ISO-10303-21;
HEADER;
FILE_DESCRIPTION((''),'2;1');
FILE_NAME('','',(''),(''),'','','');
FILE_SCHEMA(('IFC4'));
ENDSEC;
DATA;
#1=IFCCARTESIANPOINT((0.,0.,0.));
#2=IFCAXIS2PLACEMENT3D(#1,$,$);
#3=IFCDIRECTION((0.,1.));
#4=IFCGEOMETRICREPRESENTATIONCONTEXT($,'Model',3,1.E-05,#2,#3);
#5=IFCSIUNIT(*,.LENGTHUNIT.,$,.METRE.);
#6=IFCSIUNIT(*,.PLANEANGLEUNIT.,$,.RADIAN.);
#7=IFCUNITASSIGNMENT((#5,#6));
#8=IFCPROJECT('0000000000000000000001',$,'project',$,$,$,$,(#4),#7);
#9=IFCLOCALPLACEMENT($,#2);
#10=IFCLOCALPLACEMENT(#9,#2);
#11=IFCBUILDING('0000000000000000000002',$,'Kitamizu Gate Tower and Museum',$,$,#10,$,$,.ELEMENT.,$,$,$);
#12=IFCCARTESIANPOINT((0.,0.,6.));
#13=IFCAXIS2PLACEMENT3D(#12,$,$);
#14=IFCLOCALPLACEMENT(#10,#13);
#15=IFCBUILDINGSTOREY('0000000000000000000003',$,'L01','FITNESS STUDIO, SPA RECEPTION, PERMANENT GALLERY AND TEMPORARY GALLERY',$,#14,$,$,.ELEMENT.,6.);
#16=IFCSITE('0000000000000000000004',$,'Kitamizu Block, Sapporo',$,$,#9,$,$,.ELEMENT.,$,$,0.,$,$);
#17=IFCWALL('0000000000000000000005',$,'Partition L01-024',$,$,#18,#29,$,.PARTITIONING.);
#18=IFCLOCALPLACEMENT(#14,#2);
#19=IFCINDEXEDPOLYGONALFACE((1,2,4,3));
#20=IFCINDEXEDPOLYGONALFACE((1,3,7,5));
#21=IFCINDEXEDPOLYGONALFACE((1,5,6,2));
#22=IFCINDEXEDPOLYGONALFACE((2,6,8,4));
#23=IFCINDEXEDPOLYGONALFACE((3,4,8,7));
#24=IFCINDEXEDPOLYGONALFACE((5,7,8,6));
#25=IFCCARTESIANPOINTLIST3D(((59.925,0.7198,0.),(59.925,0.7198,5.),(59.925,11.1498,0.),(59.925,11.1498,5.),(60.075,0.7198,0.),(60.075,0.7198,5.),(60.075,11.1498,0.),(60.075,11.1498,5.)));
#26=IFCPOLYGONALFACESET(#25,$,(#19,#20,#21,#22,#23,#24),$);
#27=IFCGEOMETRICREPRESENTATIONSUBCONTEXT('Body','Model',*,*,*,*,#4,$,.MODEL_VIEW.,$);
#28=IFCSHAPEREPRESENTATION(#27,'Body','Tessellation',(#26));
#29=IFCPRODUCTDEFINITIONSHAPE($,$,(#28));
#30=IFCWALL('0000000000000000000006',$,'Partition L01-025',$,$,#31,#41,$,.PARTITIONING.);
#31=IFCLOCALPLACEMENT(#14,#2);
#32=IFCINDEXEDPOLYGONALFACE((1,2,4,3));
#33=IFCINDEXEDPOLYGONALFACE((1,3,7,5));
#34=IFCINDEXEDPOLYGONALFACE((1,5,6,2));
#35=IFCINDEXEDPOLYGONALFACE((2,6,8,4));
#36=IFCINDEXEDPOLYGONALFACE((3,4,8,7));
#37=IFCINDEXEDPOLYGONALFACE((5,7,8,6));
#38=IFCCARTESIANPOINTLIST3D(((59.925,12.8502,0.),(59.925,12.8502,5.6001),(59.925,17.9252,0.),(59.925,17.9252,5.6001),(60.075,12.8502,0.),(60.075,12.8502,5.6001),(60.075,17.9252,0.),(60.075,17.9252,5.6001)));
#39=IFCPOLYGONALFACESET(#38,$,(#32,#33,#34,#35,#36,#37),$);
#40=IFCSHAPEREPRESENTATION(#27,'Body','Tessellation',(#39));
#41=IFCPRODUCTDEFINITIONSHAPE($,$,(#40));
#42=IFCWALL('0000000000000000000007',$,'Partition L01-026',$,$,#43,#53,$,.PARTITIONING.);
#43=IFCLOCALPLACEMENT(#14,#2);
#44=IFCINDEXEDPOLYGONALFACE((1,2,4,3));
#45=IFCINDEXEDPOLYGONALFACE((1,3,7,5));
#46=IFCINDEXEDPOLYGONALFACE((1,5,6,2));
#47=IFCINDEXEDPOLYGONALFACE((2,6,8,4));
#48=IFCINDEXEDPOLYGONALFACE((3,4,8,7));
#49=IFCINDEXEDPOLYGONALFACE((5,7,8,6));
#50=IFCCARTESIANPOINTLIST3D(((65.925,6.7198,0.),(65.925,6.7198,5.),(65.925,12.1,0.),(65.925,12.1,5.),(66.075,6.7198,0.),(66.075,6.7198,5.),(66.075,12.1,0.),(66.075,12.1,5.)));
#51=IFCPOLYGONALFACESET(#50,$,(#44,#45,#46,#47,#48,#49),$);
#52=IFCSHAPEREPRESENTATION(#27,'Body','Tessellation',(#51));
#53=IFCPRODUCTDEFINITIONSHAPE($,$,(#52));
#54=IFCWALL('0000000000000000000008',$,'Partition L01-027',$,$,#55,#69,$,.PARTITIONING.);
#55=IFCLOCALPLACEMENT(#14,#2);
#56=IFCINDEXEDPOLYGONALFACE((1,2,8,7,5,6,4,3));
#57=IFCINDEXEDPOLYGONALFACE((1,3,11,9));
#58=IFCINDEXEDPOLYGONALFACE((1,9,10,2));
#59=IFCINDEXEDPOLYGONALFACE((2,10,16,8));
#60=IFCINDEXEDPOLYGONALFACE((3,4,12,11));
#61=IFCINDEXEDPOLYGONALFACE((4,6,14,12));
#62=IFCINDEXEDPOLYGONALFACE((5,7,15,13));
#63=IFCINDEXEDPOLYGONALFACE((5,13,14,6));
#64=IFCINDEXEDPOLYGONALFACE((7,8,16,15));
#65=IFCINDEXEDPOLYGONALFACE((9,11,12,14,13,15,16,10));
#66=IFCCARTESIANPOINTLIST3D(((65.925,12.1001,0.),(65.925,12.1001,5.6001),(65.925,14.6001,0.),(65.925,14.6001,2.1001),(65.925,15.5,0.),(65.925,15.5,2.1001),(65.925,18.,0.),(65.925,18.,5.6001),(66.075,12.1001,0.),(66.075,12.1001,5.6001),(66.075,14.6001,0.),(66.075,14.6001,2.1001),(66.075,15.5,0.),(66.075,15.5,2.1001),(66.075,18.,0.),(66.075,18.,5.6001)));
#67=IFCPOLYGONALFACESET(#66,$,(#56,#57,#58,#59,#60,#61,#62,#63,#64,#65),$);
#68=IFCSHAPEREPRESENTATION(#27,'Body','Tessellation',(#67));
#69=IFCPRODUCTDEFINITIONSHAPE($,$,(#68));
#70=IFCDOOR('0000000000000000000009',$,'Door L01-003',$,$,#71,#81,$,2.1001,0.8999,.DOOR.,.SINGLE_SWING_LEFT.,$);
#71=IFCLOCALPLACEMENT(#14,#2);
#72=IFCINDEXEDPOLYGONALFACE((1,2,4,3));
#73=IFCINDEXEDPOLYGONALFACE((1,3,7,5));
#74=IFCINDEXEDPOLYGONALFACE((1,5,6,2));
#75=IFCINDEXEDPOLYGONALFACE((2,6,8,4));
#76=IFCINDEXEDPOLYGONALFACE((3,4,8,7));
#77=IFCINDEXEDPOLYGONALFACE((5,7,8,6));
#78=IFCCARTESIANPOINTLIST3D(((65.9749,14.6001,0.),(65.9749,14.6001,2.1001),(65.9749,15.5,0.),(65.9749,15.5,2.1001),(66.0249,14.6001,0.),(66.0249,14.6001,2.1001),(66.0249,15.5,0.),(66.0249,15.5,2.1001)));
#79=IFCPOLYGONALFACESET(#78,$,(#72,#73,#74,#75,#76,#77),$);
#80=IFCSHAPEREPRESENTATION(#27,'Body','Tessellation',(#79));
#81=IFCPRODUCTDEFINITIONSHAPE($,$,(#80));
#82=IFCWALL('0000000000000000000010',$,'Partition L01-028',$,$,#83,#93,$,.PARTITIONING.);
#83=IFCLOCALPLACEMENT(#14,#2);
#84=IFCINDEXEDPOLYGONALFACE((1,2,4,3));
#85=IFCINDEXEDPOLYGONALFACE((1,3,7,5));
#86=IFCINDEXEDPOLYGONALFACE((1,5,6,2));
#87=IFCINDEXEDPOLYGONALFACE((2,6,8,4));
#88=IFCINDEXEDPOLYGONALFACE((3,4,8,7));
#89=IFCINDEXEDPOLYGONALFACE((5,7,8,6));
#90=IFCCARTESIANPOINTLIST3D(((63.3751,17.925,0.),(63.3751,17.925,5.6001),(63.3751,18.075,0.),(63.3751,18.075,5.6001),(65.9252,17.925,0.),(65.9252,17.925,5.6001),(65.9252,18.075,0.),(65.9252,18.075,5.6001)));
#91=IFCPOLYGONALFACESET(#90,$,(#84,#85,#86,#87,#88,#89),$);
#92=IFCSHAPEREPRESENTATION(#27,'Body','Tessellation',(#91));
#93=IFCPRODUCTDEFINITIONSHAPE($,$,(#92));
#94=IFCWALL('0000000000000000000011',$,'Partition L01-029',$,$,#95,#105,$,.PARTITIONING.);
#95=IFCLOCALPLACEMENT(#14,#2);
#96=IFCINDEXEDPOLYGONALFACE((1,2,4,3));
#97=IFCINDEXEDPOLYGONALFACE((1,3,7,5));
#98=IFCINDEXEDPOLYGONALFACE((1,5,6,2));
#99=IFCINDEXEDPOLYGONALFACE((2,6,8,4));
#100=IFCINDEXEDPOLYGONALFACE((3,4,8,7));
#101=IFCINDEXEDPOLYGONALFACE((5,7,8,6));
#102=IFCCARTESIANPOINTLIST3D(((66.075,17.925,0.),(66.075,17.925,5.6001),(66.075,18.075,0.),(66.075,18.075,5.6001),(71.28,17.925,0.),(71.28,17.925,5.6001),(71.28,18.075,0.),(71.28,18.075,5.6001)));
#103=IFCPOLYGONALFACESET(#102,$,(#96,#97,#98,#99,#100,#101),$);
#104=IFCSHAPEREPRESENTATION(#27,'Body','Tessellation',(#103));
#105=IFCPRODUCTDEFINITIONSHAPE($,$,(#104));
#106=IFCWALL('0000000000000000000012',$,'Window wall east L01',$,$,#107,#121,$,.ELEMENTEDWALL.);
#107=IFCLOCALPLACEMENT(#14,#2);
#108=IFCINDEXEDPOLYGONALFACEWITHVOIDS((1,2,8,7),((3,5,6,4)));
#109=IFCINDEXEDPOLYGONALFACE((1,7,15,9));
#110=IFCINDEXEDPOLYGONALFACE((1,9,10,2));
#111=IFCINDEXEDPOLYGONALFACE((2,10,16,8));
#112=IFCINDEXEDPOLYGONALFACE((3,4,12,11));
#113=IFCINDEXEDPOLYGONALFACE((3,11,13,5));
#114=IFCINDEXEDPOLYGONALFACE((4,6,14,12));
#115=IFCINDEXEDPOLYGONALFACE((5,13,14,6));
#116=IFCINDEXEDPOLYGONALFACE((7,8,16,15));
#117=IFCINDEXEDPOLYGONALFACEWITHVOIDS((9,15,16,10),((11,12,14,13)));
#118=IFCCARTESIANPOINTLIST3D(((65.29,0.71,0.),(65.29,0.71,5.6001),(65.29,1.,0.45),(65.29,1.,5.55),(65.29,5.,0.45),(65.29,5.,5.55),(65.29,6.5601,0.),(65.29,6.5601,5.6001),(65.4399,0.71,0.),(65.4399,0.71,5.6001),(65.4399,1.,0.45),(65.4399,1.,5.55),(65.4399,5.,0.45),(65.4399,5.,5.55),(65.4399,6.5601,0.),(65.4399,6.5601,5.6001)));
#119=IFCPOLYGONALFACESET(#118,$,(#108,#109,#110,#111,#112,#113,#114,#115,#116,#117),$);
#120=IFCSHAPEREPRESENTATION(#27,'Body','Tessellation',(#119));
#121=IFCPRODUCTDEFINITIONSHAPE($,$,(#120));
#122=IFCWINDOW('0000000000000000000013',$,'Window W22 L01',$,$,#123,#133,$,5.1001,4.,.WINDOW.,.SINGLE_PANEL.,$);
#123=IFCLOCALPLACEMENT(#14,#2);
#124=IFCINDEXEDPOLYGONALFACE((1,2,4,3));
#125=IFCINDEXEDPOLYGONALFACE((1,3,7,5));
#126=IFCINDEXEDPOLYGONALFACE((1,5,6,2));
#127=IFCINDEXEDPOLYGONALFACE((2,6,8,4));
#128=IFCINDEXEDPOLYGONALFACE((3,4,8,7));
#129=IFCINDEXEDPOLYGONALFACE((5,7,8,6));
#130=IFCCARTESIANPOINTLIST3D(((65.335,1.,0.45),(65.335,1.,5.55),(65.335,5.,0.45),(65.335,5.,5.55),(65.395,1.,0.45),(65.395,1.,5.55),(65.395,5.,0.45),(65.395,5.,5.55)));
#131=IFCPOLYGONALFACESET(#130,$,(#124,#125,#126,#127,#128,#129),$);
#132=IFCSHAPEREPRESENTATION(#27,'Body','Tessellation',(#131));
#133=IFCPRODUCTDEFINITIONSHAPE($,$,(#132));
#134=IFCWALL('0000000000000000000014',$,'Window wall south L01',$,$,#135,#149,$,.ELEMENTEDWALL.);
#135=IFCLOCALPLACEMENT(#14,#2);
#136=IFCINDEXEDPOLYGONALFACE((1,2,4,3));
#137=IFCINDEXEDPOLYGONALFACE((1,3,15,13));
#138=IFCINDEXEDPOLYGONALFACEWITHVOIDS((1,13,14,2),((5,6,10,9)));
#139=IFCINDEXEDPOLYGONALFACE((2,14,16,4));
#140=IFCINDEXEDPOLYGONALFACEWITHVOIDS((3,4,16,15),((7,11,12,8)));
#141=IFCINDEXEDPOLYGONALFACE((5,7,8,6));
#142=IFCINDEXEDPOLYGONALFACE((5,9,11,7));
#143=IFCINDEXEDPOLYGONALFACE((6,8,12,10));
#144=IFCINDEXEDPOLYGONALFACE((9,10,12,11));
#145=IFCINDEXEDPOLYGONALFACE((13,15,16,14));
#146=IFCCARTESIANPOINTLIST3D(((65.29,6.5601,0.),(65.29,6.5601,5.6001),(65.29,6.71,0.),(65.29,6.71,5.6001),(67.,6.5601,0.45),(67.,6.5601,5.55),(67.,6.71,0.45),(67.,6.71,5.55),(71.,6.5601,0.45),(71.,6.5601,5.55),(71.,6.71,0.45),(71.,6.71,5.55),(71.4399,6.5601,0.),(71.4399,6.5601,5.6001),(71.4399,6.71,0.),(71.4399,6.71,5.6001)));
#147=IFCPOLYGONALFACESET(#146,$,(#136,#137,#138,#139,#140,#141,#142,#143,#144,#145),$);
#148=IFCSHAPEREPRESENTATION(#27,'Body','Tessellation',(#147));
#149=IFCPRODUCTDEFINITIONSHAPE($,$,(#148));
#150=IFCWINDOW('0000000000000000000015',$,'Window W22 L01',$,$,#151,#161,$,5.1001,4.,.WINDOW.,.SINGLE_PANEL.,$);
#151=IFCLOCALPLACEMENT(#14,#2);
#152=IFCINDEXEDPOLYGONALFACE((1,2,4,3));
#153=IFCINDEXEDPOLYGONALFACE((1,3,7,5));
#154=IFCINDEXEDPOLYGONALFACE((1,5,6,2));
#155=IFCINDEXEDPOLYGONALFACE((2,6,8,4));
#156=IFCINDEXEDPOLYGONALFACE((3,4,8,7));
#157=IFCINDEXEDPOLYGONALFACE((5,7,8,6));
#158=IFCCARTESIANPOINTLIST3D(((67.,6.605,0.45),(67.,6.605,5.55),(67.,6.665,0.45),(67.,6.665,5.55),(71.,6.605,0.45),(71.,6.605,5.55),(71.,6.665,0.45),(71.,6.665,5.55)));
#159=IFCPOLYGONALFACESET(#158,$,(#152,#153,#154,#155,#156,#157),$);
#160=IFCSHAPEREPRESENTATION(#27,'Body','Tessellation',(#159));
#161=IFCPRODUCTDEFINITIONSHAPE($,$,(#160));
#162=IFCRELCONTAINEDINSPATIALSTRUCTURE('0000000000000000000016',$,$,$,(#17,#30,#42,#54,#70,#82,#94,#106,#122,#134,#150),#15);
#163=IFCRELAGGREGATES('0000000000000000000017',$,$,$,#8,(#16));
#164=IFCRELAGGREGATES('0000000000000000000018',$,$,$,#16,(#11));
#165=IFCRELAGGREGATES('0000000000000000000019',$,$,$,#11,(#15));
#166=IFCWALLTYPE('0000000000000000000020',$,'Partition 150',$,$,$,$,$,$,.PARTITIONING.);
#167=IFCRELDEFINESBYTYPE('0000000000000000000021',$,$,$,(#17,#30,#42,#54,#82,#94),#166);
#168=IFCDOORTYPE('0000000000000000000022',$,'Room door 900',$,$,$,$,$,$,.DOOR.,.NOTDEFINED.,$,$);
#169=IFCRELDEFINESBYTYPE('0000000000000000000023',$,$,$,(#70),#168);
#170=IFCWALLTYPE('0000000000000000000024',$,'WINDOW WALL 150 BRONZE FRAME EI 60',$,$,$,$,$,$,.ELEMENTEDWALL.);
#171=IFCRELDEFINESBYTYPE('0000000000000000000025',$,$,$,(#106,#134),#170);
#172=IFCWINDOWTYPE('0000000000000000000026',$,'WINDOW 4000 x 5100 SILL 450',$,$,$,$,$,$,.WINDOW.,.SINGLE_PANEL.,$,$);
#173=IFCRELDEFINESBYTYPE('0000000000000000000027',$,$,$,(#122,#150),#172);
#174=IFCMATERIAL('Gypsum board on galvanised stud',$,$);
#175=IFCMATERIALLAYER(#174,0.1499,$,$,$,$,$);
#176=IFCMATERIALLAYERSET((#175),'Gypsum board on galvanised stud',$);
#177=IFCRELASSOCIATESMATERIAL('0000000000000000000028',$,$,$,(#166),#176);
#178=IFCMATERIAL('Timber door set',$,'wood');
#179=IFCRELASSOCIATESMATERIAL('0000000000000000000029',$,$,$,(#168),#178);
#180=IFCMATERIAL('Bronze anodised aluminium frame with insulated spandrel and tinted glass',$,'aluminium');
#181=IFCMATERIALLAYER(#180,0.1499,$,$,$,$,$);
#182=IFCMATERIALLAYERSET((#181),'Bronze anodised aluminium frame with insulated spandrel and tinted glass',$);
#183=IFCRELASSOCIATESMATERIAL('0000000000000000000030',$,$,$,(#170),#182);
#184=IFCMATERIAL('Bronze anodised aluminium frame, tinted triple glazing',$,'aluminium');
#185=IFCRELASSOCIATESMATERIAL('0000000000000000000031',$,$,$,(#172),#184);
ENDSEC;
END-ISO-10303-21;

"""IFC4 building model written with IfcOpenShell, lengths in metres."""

from ifc_helpers import new_model, si_unit, direction, frame, frame_2d, origin, place, context, subcontext, project, spatial, rectangle, extrude, material, layer, layer_set, type_object, element, fill, save


model = new_model("IFC4")

# Units and contexts
model_context = context("Model", 3, precision=1e-05, world=origin(), true_north=direction((0.0, 1.0)))
body_context = subcontext(model_context, "Body", "Model", "MODEL_VIEW")
ifc_project = project(units=[si_unit("LENGTHUNIT", "METRE"), si_unit("PLANEANGLEUNIT", "RADIAN")], contexts=[model_context])

# Site, building, storey
site_placement = place(None, origin())
site = spatial("IfcSite", under=ifc_project, at=site_placement, Name="Kitamizu Block, Sapporo", CompositionType="ELEMENT", RefElevation=0.0)
building_placement = place(site_placement, origin())
building = spatial("IfcBuilding", under=site, at=building_placement, Name="Kitamizu Gate Tower and Museum", CompositionType="ELEMENT")
storey_placement = place(building_placement, frame((0.0, 0.0, 6.0)))
storey = spatial("IfcBuildingStorey", under=building, at=storey_placement, Name="L01", Description="FITNESS STUDIO, SPA RECEPTION, PERMANENT GALLERY AND TEMPORARY GALLERY", CompositionType="ELEMENT", Elevation=6.0)

# Shared definitions
ifc_material_1 = material(Name="Gypsum board on galvanised stud")
ifc_layer_1 = layer(ifc_material_1, 0.1499)
ifc_layer_set_1 = layer_set([ifc_layer_1], Name="Gypsum board on galvanised stud")
wall_type_1 = type_object("IfcWallType", Name="Partition 150", PredefinedType="PARTITIONING", material=ifc_layer_set_1)
ifc_material_2 = material(Name="Timber door set", Category="wood")
door_type_1 = type_object("IfcDoorType", Name="Room door 900", OperationType="NOTDEFINED", PredefinedType="DOOR", material=ifc_material_2)

# Walls
wall_1_placement = place(storey_placement, frame((60.0, 0.72, 0.0), z_axis=(0.0, 0.0, 1.0), x_axis=(0.0, 1.0, 0.0)))
element("IfcWall", 1, at=wall_1_placement, inside=storey, type_object=wall_type_1, Name="Partition L01-024", PredefinedType="PARTITIONING", context=body_context, shape_type="SweptSolid", body=[
    extrude(rectangle(XDim=10.4299, YDim=0.1499, at=frame_2d((5.2148, 0.0))), origin(), (0.0, 0.0, 1.0), 5.0),
])
wall_2_placement = place(storey_placement, frame((60.0, 12.8501, 0.0), z_axis=(0.0, 0.0, 1.0), x_axis=(0.0, 1.0, 0.0)))
element("IfcWall", 2, at=wall_2_placement, inside=storey, type_object=wall_type_1, Name="Partition L01-025", PredefinedType="PARTITIONING", context=body_context, shape_type="SweptSolid", body=[
    extrude(rectangle(XDim=5.075, YDim=0.1499, at=frame_2d((2.5376, 0.0))), origin(), (0.0, 0.0, 1.0), 5.6001),
])
wall_3_placement = place(storey_placement, frame((66.0, 6.72, 0.0), z_axis=(0.0, 0.0, 1.0), x_axis=(0.0, 1.0, 0.0)))
element("IfcWall", 3, at=wall_3_placement, inside=storey, type_object=wall_type_1, Name="Partition L01-026", PredefinedType="PARTITIONING", context=body_context, shape_type="SweptSolid", body=[
    extrude(rectangle(XDim=5.3801, YDim=0.1499, at=frame_2d((2.6899, 0.0))), origin(), (0.0, 0.0, 1.0), 5.0),
])

# Wall, opening, door
wall_4_placement = place(storey_placement, frame((66.0, 12.1001, 0.0), z_axis=(0.0, 0.0, 1.0), x_axis=(0.0, 1.0, 0.0)))
wall_4 = element("IfcWall", 4, at=wall_4_placement, inside=storey, type_object=wall_type_1, Name="Partition L01-027", PredefinedType="PARTITIONING", context=body_context, shape_type="SweptSolid", body=[
    extrude(rectangle(XDim=5.8999, YDim=0.1499, at=frame_2d((2.95, 0.0))), origin(), (0.0, 0.0, 1.0), 5.6001),
])
opening_1_placement = place(wall_4_placement, frame((2.5, 0.0, 0.0)))
opening_1 = element("IfcOpeningElement", 5, at=opening_1_placement, cuts=wall_4, PredefinedType="OPENING", context=body_context, shape_type="SweptSolid", body=[
    extrude(rectangle(XDim=0.8999, YDim=2.1001, at=frame_2d((0.45, 1.05))), frame((0.0, 0.085, 0.0), z_axis=(0.0, -1.0, 0.0), x_axis=(1.0, 0.0, 0.0)), (0.0, 0.0, 1.0), 0.1699),
])
door_1_placement = place(opening_1_placement, frame((0.8999, 0.0, 0.0), x_axis=(-1.0, 0.0, 0.0)))
door_1 = element("IfcDoor", 6, at=door_1_placement, inside=storey, type_object=door_type_1, Name="Door L01-003", OperationType="SINGLE_SWING_LEFT", OverallHeight=2.1001, OverallWidth=0.8999, PredefinedType="DOOR", context=body_context, shape_type="SweptSolid", body=[
    extrude(rectangle(XDim=0.8999, YDim=2.1001, at=frame_2d((0.45, 1.05))), frame((0.0, 0.0249, 0.0), z_axis=(0.0, -1.0, 0.0), x_axis=(1.0, 0.0, 0.0)), (0.0, 0.0, 1.0), 0.05),
])
fill(opening_1, door_1)

# Walls
wall_5_placement = place(storey_placement, frame((65.925, 18.0, 0.0), z_axis=(0.0, 0.0, 1.0), x_axis=(-1.0, 0.0, 0.0)))
element("IfcWall", 7, at=wall_5_placement, inside=storey, type_object=wall_type_1, Name="Partition L01-028", PredefinedType="PARTITIONING", context=body_context, shape_type="SweptSolid", body=[
    extrude(rectangle(XDim=2.55, YDim=0.1499, at=frame_2d((1.2749, 0.0))), origin(), (0.0, 0.0, 1.0), 5.6001),
])
wall_6_placement = place(storey_placement, frame((71.28, 18.0, 0.0), z_axis=(0.0, 0.0, 1.0), x_axis=(-1.0, 0.0, 0.0)))
element("IfcWall", 8, at=wall_6_placement, inside=storey, type_object=wall_type_1, Name="Partition L01-029", PredefinedType="PARTITIONING", context=body_context, shape_type="SweptSolid", body=[
    extrude(rectangle(XDim=5.2051, YDim=0.1499, at=frame_2d((2.6025, 0.0))), origin(), (0.0, 0.0, 1.0), 5.6001),
])

# Walls, openings, windows
ifc_material_3 = material(Name="Bronze anodised aluminium frame with insulated spandrel and tinted glass", Category="aluminium")
ifc_layer_2 = layer(ifc_material_3, 0.1499)
ifc_layer_set_2 = layer_set([ifc_layer_2], Name="Bronze anodised aluminium frame with insulated spandrel and tinted glass")
wall_type_2 = type_object("IfcWallType", Name="WINDOW WALL 150 BRONZE FRAME EI 60", PredefinedType="ELEMENTEDWALL", material=ifc_layer_set_2)
wall_7_placement = place(storey_placement, frame((65.365, 0.71, 0.0), z_axis=(0.0, 0.0, 1.0), x_axis=(0.0, 1.0, 0.0)))
wall_7 = element("IfcWall", 9, at=wall_7_placement, inside=storey, type_object=wall_type_2, Name="Window wall east L01", PredefinedType="ELEMENTEDWALL", context=body_context, shape_type="SweptSolid", body=[
    extrude(rectangle(XDim=5.8501, YDim=0.1499, at=frame_2d((2.925, 0.0))), origin(), (0.0, 0.0, 1.0), 5.6001),
])
opening_2_placement = place(wall_7_placement, frame((0.29, 0.0, 0.45)))
opening_2 = element("IfcOpeningElement", 10, at=opening_2_placement, cuts=wall_7, PredefinedType="OPENING", context=body_context, shape_type="SweptSolid", body=[
    extrude(rectangle(XDim=4.0, YDim=5.1001, at=frame_2d((2.0, 2.55))), frame((0.0, 0.085, 0.0), z_axis=(0.0, -1.0, 0.0), x_axis=(1.0, 0.0, 0.0)), (0.0, 0.0, 1.0), 0.1699),
])
ifc_material_4 = material(Name="Bronze anodised aluminium frame, tinted triple glazing", Category="aluminium")
window_type = type_object("IfcWindowType", Name="WINDOW 4000 x 5100 SILL 450", PartitioningType="SINGLE_PANEL", PredefinedType="WINDOW", material=ifc_material_4)
window_1_placement = place(opening_2_placement, origin())
window_1 = element("IfcWindow", 11, at=window_1_placement, inside=storey, type_object=window_type, Name="Window W22 L01", OverallHeight=5.1001, OverallWidth=4.0, PartitioningType="SINGLE_PANEL", PredefinedType="WINDOW", context=body_context, shape_type="SweptSolid", body=[
    extrude(rectangle(XDim=4.0, YDim=5.1001, at=frame_2d((2.0, 2.55))), frame((0.0, 0.03, 0.0), z_axis=(0.0, -1.0, 0.0), x_axis=(1.0, 0.0, 0.0)), (0.0, 0.0, 1.0), 0.0601),
])
fill(opening_2, window_1)
wall_8_placement = place(storey_placement, frame((65.29, 6.635, 0.0), z_axis=(0.0, 0.0, 1.0), x_axis=(1.0, 0.0, 0.0)))
wall_8 = element("IfcWall", 12, at=wall_8_placement, inside=storey, type_object=wall_type_2, Name="Window wall south L01", PredefinedType="ELEMENTEDWALL", context=body_context, shape_type="SweptSolid", body=[
    extrude(rectangle(XDim=6.1499, YDim=0.1499, at=frame_2d((3.075, 0.0))), origin(), (0.0, 0.0, 1.0), 5.6001),
])
opening_3_placement = place(wall_8_placement, frame((1.71, 0.0, 0.45)))
opening_3 = element("IfcOpeningElement", 13, at=opening_3_placement, cuts=wall_8, PredefinedType="OPENING", context=body_context, shape_type="SweptSolid", body=[
    extrude(rectangle(XDim=4.0, YDim=5.1001, at=frame_2d((2.0, 2.55))), frame((0.0, 0.085, 0.0), z_axis=(0.0, -1.0, 0.0), x_axis=(1.0, 0.0, 0.0)), (0.0, 0.0, 1.0), 0.1699),
])
window_2_placement = place(opening_3_placement, origin())
window_2 = element("IfcWindow", 14, at=window_2_placement, inside=storey, type_object=window_type, Name="Window W22 L01", OverallHeight=5.1001, OverallWidth=4.0, PartitioningType="SINGLE_PANEL", PredefinedType="WINDOW", context=body_context, shape_type="SweptSolid", body=[
    extrude(rectangle(XDim=4.0, YDim=5.1001, at=frame_2d((2.0, 2.55))), frame((0.0, 0.03, 0.0), z_axis=(0.0, -1.0, 0.0), x_axis=(1.0, 0.0, 0.0)), (0.0, 0.0, 1.0), 0.0601),
])
fill(opening_3, window_2)

save(model, "model.ifc")
